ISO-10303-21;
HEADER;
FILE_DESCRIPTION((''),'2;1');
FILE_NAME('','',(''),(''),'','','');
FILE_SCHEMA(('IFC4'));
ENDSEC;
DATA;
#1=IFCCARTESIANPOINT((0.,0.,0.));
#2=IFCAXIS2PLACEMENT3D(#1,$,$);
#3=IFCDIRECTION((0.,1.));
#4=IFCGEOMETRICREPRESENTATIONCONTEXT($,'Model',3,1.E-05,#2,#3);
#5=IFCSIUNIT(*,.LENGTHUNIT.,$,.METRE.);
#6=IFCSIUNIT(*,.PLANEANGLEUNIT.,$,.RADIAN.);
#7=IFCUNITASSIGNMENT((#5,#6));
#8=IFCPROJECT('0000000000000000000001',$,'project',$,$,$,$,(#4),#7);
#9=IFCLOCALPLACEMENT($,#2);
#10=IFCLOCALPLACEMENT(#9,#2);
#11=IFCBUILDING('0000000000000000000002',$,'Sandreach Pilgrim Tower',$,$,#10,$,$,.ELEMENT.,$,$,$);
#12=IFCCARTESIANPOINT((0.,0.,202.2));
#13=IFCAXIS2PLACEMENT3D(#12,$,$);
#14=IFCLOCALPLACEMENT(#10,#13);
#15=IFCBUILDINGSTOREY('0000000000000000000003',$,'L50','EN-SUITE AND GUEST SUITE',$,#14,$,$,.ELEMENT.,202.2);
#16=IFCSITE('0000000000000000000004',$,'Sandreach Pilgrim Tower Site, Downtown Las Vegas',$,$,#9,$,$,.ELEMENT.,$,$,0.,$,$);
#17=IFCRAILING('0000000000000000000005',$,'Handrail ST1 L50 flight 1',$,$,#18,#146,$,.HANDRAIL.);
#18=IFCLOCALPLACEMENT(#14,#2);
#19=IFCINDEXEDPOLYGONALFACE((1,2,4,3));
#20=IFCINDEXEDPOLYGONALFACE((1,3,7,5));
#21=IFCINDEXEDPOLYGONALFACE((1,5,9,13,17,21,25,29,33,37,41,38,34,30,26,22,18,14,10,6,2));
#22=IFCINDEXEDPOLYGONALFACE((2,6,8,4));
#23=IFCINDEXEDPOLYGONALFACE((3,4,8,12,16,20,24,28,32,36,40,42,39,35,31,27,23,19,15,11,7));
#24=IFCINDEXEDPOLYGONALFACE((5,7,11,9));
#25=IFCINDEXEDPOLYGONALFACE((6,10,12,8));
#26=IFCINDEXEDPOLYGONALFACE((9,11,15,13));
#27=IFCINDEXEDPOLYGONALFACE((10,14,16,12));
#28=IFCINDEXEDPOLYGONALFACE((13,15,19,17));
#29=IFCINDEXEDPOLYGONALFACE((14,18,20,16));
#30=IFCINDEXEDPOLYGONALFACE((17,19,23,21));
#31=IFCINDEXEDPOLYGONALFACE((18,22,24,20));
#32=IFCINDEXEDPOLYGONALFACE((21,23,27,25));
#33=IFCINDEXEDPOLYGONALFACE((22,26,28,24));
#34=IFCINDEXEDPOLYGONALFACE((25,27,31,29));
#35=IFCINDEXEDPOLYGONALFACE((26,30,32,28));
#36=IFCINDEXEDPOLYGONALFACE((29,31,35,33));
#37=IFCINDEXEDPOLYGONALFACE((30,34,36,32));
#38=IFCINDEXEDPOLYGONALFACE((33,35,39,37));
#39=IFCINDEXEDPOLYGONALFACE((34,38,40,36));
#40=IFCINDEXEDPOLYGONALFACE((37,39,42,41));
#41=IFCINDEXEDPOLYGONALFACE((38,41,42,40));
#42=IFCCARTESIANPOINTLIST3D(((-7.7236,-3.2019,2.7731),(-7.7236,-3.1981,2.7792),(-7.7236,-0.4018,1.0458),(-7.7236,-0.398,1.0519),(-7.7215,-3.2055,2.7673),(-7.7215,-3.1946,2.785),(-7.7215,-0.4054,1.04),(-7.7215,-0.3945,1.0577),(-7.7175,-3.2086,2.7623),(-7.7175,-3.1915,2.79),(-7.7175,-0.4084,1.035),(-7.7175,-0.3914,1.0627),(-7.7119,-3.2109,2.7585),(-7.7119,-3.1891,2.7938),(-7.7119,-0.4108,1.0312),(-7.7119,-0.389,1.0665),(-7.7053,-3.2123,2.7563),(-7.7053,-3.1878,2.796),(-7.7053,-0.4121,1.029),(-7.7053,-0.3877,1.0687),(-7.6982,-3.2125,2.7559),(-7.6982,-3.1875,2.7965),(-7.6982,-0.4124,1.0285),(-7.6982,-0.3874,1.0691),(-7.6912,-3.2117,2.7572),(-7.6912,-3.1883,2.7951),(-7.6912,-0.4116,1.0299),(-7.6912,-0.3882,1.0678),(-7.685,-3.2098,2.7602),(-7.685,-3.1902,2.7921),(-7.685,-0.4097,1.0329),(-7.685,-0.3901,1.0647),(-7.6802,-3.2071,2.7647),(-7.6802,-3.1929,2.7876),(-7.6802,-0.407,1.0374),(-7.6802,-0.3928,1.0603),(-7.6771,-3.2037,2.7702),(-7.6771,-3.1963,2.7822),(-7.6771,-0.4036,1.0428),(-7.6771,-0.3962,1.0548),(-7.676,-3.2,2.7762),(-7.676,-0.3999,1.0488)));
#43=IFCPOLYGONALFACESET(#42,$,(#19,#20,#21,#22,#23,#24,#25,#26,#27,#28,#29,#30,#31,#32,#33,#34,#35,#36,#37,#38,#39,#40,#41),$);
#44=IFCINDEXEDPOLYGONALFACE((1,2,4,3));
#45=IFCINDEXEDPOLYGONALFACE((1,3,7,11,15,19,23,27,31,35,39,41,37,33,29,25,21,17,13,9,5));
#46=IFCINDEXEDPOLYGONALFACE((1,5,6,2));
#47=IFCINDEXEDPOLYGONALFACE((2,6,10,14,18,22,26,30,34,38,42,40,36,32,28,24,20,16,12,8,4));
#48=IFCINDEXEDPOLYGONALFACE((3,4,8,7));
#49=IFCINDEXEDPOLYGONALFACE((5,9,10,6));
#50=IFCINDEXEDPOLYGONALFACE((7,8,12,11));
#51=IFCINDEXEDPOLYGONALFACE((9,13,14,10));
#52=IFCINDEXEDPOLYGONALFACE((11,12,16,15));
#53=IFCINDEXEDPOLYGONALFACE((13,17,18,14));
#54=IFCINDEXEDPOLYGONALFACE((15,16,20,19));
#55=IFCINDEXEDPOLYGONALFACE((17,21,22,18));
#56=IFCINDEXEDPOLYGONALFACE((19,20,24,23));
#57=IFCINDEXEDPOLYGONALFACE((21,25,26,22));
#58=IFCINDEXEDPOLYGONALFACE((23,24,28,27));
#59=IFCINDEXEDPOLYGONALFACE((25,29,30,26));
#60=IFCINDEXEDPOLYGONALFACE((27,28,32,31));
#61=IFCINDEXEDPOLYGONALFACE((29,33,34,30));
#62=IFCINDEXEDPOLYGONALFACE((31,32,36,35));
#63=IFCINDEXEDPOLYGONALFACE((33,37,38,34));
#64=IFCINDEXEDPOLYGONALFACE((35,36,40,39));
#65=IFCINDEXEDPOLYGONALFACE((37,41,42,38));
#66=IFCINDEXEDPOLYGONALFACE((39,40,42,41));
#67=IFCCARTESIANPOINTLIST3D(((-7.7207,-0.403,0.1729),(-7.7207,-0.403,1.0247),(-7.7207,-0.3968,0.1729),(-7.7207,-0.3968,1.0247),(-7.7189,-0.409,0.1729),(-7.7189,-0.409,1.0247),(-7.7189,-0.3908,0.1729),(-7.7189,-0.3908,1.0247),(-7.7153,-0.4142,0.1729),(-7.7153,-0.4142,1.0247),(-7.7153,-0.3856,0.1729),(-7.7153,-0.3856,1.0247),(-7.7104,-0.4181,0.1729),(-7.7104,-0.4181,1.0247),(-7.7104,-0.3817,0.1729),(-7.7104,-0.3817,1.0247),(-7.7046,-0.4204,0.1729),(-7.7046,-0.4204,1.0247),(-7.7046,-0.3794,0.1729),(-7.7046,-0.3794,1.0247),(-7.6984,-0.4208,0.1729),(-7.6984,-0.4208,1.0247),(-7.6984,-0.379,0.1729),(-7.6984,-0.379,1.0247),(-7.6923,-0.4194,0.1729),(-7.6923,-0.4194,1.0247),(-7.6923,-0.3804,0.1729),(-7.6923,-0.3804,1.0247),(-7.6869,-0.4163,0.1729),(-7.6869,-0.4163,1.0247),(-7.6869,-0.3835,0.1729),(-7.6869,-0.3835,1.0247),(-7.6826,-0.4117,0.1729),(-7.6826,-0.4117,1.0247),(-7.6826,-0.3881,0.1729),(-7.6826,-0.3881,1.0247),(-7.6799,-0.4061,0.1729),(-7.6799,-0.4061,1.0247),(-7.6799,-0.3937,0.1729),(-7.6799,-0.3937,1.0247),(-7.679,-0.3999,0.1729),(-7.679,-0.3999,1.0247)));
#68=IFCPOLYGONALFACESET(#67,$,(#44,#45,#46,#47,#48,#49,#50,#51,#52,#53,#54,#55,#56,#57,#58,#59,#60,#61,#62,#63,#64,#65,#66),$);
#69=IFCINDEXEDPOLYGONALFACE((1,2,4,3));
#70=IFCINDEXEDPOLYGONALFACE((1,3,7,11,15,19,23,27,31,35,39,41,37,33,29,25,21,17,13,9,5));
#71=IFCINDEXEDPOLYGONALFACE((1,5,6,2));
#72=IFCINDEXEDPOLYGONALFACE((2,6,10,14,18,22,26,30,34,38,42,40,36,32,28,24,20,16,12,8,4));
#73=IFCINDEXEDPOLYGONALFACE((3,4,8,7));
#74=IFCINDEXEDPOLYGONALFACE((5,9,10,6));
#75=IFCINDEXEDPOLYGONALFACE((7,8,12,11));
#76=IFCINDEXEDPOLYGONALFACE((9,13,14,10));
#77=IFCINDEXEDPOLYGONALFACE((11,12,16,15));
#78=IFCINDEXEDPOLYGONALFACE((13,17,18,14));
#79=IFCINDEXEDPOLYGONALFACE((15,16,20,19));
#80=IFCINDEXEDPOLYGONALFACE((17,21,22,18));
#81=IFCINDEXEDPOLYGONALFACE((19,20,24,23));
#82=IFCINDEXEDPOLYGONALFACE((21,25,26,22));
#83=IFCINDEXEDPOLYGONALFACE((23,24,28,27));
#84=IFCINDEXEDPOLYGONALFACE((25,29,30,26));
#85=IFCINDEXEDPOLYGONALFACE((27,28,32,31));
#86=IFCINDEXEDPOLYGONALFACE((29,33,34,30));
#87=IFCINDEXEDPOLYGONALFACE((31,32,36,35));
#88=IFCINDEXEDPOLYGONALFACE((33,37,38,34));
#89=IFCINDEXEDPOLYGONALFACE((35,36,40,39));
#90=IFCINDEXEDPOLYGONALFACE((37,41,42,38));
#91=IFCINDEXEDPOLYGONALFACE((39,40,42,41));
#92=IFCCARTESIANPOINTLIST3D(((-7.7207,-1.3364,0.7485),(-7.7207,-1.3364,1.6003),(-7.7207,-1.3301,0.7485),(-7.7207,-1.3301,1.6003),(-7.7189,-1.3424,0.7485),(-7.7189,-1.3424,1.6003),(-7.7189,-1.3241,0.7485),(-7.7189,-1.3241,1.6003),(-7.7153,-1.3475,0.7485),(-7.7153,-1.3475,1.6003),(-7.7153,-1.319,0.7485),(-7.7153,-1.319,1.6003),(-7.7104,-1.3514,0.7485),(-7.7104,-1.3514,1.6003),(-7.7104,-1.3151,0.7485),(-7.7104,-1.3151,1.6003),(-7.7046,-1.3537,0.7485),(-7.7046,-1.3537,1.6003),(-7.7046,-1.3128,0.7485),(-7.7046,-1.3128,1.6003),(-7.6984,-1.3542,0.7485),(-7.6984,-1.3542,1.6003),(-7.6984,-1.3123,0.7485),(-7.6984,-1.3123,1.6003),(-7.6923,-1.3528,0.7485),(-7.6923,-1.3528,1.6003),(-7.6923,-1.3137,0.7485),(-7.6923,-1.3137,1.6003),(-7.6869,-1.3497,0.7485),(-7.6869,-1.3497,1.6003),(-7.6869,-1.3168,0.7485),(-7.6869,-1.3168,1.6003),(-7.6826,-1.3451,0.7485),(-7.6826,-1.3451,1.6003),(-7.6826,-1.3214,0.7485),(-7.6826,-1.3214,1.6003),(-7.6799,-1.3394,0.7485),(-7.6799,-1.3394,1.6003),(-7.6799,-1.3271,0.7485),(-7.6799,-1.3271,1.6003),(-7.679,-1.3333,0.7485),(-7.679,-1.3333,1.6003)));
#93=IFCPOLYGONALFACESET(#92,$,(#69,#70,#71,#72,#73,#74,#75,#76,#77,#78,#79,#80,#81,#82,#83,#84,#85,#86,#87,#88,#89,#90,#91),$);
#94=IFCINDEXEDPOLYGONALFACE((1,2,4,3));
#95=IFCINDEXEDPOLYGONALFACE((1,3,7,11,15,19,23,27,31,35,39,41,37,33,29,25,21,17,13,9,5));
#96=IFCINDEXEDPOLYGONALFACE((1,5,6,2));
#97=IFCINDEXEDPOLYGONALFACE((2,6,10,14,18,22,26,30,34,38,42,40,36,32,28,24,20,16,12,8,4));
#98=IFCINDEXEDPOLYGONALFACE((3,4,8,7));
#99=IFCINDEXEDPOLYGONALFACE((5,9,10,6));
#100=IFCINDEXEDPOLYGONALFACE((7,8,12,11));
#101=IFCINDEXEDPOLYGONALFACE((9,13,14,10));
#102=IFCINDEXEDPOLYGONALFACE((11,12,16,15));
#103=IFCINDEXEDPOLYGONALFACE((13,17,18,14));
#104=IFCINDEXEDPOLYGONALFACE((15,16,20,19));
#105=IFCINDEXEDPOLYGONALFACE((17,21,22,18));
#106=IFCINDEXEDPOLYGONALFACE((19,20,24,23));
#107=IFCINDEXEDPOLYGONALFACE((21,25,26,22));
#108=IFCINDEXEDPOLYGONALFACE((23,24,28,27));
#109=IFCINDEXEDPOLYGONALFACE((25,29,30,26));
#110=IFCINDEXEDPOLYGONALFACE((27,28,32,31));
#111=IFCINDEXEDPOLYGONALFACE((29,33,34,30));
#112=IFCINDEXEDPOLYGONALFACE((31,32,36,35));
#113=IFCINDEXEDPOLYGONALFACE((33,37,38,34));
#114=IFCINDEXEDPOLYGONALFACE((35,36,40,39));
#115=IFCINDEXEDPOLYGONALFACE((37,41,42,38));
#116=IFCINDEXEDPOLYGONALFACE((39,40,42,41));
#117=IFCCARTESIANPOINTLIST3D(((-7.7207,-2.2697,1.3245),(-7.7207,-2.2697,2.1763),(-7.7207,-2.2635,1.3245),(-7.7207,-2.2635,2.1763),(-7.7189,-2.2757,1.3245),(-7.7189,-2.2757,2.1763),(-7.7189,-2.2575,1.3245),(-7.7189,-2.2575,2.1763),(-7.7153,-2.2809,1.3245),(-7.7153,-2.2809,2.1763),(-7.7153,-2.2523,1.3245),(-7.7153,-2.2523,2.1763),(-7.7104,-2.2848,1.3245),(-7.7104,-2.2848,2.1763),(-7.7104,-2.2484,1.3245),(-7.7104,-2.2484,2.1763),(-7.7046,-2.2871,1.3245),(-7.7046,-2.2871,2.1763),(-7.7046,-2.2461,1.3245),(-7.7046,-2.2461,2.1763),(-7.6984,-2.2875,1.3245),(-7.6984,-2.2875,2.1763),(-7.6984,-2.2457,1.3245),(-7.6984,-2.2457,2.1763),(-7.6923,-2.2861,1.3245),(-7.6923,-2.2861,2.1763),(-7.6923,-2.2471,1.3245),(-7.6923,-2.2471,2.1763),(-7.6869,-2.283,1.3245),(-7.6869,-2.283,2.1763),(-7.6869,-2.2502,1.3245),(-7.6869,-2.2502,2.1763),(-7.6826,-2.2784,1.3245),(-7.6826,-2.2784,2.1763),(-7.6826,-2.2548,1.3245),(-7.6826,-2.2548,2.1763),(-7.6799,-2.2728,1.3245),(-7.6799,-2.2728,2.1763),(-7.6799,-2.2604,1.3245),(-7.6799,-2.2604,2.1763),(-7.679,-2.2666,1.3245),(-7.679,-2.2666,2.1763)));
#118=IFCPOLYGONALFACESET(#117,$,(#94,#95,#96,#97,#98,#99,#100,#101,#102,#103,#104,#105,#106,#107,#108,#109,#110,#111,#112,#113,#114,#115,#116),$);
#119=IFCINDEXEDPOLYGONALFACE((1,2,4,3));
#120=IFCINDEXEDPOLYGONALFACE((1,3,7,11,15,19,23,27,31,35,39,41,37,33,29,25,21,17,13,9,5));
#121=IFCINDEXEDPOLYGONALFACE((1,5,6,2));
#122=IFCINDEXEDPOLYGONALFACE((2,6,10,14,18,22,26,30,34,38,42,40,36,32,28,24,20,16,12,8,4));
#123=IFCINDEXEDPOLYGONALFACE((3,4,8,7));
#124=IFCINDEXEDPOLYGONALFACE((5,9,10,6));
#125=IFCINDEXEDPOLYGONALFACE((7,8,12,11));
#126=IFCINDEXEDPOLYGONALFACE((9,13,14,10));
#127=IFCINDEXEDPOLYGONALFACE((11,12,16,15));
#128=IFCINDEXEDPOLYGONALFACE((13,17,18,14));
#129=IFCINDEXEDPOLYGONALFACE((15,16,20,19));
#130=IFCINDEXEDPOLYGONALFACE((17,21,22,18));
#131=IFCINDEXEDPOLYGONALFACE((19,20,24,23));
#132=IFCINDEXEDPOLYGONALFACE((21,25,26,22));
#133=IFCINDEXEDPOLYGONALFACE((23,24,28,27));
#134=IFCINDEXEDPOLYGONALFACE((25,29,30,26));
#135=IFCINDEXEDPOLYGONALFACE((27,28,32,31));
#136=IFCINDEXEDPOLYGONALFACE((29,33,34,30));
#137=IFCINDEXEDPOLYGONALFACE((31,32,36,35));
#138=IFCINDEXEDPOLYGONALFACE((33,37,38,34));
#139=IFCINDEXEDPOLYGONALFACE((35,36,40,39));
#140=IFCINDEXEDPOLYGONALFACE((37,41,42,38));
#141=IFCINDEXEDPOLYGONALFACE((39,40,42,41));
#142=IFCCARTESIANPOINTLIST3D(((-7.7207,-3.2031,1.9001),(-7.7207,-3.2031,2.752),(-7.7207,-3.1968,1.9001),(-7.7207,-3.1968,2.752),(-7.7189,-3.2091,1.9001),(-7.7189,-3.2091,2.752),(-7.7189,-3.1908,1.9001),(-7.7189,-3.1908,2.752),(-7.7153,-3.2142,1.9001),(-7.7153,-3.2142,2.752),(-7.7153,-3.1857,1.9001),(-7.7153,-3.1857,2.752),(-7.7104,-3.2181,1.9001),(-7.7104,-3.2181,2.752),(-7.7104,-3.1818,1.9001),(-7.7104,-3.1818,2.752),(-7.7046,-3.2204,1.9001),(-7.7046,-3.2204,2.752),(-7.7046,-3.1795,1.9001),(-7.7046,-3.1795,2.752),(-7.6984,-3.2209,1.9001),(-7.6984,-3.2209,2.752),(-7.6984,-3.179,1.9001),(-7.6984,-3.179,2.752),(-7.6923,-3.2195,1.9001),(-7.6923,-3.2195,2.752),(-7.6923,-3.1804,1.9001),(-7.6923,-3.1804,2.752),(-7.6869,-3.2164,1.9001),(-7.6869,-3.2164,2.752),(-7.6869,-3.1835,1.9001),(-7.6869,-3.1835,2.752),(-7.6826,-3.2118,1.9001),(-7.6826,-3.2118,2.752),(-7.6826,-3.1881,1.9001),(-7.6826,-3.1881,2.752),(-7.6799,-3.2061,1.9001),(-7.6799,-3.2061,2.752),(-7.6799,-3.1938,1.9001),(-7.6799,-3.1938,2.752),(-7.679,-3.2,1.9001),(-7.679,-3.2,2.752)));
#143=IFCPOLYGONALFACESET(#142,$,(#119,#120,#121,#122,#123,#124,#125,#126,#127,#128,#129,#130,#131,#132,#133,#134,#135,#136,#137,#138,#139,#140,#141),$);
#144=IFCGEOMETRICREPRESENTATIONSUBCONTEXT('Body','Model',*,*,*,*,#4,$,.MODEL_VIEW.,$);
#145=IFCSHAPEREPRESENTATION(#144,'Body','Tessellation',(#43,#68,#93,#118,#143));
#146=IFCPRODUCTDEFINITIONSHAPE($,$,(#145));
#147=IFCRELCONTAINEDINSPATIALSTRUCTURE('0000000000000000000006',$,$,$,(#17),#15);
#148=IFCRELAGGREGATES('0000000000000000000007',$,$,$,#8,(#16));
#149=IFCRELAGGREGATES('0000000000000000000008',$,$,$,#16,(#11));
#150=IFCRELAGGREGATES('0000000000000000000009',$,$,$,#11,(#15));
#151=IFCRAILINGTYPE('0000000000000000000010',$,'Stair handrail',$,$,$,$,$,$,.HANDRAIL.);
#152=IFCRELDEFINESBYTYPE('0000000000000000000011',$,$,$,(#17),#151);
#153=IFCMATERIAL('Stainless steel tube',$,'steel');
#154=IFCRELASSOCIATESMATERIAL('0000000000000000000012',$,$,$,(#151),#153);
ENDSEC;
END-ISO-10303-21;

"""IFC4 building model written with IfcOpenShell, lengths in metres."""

from ifc_helpers import new_model, si_unit, direction, frame, origin, origin_2d, place, context, subcontext, project, spatial, circle, extrude, material, type_object, element, save


model = new_model("IFC4")

# Units and contexts
model_context = context("Model", 3, precision=1e-05, world=origin(), true_north=direction((0.0, 1.0)))
body_context = subcontext(model_context, "Body", "Model", "MODEL_VIEW")
ifc_project = project(units=[si_unit("LENGTHUNIT", "METRE"), si_unit("PLANEANGLEUNIT", "RADIAN")], contexts=[model_context])

# Site, building, storey
site_placement = place(None, origin())
site = spatial("IfcSite", under=ifc_project, at=site_placement, Name="Sandreach Pilgrim Tower Site, Downtown Las Vegas", CompositionType="ELEMENT", RefElevation=0.0)
building_placement = place(site_placement, origin())
building = spatial("IfcBuilding", under=site, at=building_placement, Name="Sandreach Pilgrim Tower", CompositionType="ELEMENT")
storey_placement = place(building_placement, frame((0.0, 0.0, 202.2)))
storey = spatial("IfcBuildingStorey", under=building, at=storey_placement, Name="L50", Description="EN-SUITE AND GUEST SUITE", CompositionType="ELEMENT", Elevation=202.2)

# Railing
ifc_material_1 = material(Name="Stainless steel tube", Category="steel")
railing_type = type_object("IfcRailingType", Name="Stair handrail", PredefinedType="HANDRAIL", material=ifc_material_1)
for number, where, name in (
    (1, (-7.7, -0.3999, 0.1729), "Handrail ST1 L50 flight 1"),
):
    element("IfcRailing", number, at=place(storey_placement, frame(where)), inside=storey, type_object=railing_type, Name=name, PredefinedType="HANDRAIL", context=body_context, shape_type="SweptSolid", body=[
        extrude(circle(Radius=0.0239, at=origin_2d()), frame((0.0, 0.0, 0.876), z_axis=(0.0, -0.85109, 0.52502), x_axis=(1.0, 0.0, 0.0)), (0.0, 0.0, 1.0), 3.29),
        extrude(circle(Radius=0.021, at=origin_2d()), origin(), (0.0, 0.0, 1.0), 0.8518),
        extrude(circle(Radius=0.021, at=origin_2d()), frame((0.0, -0.9333, 0.5757)), (0.0, 0.0, 1.0), 0.8518),
        extrude(circle(Radius=0.021, at=origin_2d()), frame((0.0, -1.8667, 1.1516)), (0.0, 0.0, 1.0), 0.8518),
        extrude(circle(Radius=0.021, at=origin_2d()), frame((0.0, -2.8, 1.7273)), (0.0, 0.0, 1.0), 0.8518),
    ])

save(model, "model.ifc")
